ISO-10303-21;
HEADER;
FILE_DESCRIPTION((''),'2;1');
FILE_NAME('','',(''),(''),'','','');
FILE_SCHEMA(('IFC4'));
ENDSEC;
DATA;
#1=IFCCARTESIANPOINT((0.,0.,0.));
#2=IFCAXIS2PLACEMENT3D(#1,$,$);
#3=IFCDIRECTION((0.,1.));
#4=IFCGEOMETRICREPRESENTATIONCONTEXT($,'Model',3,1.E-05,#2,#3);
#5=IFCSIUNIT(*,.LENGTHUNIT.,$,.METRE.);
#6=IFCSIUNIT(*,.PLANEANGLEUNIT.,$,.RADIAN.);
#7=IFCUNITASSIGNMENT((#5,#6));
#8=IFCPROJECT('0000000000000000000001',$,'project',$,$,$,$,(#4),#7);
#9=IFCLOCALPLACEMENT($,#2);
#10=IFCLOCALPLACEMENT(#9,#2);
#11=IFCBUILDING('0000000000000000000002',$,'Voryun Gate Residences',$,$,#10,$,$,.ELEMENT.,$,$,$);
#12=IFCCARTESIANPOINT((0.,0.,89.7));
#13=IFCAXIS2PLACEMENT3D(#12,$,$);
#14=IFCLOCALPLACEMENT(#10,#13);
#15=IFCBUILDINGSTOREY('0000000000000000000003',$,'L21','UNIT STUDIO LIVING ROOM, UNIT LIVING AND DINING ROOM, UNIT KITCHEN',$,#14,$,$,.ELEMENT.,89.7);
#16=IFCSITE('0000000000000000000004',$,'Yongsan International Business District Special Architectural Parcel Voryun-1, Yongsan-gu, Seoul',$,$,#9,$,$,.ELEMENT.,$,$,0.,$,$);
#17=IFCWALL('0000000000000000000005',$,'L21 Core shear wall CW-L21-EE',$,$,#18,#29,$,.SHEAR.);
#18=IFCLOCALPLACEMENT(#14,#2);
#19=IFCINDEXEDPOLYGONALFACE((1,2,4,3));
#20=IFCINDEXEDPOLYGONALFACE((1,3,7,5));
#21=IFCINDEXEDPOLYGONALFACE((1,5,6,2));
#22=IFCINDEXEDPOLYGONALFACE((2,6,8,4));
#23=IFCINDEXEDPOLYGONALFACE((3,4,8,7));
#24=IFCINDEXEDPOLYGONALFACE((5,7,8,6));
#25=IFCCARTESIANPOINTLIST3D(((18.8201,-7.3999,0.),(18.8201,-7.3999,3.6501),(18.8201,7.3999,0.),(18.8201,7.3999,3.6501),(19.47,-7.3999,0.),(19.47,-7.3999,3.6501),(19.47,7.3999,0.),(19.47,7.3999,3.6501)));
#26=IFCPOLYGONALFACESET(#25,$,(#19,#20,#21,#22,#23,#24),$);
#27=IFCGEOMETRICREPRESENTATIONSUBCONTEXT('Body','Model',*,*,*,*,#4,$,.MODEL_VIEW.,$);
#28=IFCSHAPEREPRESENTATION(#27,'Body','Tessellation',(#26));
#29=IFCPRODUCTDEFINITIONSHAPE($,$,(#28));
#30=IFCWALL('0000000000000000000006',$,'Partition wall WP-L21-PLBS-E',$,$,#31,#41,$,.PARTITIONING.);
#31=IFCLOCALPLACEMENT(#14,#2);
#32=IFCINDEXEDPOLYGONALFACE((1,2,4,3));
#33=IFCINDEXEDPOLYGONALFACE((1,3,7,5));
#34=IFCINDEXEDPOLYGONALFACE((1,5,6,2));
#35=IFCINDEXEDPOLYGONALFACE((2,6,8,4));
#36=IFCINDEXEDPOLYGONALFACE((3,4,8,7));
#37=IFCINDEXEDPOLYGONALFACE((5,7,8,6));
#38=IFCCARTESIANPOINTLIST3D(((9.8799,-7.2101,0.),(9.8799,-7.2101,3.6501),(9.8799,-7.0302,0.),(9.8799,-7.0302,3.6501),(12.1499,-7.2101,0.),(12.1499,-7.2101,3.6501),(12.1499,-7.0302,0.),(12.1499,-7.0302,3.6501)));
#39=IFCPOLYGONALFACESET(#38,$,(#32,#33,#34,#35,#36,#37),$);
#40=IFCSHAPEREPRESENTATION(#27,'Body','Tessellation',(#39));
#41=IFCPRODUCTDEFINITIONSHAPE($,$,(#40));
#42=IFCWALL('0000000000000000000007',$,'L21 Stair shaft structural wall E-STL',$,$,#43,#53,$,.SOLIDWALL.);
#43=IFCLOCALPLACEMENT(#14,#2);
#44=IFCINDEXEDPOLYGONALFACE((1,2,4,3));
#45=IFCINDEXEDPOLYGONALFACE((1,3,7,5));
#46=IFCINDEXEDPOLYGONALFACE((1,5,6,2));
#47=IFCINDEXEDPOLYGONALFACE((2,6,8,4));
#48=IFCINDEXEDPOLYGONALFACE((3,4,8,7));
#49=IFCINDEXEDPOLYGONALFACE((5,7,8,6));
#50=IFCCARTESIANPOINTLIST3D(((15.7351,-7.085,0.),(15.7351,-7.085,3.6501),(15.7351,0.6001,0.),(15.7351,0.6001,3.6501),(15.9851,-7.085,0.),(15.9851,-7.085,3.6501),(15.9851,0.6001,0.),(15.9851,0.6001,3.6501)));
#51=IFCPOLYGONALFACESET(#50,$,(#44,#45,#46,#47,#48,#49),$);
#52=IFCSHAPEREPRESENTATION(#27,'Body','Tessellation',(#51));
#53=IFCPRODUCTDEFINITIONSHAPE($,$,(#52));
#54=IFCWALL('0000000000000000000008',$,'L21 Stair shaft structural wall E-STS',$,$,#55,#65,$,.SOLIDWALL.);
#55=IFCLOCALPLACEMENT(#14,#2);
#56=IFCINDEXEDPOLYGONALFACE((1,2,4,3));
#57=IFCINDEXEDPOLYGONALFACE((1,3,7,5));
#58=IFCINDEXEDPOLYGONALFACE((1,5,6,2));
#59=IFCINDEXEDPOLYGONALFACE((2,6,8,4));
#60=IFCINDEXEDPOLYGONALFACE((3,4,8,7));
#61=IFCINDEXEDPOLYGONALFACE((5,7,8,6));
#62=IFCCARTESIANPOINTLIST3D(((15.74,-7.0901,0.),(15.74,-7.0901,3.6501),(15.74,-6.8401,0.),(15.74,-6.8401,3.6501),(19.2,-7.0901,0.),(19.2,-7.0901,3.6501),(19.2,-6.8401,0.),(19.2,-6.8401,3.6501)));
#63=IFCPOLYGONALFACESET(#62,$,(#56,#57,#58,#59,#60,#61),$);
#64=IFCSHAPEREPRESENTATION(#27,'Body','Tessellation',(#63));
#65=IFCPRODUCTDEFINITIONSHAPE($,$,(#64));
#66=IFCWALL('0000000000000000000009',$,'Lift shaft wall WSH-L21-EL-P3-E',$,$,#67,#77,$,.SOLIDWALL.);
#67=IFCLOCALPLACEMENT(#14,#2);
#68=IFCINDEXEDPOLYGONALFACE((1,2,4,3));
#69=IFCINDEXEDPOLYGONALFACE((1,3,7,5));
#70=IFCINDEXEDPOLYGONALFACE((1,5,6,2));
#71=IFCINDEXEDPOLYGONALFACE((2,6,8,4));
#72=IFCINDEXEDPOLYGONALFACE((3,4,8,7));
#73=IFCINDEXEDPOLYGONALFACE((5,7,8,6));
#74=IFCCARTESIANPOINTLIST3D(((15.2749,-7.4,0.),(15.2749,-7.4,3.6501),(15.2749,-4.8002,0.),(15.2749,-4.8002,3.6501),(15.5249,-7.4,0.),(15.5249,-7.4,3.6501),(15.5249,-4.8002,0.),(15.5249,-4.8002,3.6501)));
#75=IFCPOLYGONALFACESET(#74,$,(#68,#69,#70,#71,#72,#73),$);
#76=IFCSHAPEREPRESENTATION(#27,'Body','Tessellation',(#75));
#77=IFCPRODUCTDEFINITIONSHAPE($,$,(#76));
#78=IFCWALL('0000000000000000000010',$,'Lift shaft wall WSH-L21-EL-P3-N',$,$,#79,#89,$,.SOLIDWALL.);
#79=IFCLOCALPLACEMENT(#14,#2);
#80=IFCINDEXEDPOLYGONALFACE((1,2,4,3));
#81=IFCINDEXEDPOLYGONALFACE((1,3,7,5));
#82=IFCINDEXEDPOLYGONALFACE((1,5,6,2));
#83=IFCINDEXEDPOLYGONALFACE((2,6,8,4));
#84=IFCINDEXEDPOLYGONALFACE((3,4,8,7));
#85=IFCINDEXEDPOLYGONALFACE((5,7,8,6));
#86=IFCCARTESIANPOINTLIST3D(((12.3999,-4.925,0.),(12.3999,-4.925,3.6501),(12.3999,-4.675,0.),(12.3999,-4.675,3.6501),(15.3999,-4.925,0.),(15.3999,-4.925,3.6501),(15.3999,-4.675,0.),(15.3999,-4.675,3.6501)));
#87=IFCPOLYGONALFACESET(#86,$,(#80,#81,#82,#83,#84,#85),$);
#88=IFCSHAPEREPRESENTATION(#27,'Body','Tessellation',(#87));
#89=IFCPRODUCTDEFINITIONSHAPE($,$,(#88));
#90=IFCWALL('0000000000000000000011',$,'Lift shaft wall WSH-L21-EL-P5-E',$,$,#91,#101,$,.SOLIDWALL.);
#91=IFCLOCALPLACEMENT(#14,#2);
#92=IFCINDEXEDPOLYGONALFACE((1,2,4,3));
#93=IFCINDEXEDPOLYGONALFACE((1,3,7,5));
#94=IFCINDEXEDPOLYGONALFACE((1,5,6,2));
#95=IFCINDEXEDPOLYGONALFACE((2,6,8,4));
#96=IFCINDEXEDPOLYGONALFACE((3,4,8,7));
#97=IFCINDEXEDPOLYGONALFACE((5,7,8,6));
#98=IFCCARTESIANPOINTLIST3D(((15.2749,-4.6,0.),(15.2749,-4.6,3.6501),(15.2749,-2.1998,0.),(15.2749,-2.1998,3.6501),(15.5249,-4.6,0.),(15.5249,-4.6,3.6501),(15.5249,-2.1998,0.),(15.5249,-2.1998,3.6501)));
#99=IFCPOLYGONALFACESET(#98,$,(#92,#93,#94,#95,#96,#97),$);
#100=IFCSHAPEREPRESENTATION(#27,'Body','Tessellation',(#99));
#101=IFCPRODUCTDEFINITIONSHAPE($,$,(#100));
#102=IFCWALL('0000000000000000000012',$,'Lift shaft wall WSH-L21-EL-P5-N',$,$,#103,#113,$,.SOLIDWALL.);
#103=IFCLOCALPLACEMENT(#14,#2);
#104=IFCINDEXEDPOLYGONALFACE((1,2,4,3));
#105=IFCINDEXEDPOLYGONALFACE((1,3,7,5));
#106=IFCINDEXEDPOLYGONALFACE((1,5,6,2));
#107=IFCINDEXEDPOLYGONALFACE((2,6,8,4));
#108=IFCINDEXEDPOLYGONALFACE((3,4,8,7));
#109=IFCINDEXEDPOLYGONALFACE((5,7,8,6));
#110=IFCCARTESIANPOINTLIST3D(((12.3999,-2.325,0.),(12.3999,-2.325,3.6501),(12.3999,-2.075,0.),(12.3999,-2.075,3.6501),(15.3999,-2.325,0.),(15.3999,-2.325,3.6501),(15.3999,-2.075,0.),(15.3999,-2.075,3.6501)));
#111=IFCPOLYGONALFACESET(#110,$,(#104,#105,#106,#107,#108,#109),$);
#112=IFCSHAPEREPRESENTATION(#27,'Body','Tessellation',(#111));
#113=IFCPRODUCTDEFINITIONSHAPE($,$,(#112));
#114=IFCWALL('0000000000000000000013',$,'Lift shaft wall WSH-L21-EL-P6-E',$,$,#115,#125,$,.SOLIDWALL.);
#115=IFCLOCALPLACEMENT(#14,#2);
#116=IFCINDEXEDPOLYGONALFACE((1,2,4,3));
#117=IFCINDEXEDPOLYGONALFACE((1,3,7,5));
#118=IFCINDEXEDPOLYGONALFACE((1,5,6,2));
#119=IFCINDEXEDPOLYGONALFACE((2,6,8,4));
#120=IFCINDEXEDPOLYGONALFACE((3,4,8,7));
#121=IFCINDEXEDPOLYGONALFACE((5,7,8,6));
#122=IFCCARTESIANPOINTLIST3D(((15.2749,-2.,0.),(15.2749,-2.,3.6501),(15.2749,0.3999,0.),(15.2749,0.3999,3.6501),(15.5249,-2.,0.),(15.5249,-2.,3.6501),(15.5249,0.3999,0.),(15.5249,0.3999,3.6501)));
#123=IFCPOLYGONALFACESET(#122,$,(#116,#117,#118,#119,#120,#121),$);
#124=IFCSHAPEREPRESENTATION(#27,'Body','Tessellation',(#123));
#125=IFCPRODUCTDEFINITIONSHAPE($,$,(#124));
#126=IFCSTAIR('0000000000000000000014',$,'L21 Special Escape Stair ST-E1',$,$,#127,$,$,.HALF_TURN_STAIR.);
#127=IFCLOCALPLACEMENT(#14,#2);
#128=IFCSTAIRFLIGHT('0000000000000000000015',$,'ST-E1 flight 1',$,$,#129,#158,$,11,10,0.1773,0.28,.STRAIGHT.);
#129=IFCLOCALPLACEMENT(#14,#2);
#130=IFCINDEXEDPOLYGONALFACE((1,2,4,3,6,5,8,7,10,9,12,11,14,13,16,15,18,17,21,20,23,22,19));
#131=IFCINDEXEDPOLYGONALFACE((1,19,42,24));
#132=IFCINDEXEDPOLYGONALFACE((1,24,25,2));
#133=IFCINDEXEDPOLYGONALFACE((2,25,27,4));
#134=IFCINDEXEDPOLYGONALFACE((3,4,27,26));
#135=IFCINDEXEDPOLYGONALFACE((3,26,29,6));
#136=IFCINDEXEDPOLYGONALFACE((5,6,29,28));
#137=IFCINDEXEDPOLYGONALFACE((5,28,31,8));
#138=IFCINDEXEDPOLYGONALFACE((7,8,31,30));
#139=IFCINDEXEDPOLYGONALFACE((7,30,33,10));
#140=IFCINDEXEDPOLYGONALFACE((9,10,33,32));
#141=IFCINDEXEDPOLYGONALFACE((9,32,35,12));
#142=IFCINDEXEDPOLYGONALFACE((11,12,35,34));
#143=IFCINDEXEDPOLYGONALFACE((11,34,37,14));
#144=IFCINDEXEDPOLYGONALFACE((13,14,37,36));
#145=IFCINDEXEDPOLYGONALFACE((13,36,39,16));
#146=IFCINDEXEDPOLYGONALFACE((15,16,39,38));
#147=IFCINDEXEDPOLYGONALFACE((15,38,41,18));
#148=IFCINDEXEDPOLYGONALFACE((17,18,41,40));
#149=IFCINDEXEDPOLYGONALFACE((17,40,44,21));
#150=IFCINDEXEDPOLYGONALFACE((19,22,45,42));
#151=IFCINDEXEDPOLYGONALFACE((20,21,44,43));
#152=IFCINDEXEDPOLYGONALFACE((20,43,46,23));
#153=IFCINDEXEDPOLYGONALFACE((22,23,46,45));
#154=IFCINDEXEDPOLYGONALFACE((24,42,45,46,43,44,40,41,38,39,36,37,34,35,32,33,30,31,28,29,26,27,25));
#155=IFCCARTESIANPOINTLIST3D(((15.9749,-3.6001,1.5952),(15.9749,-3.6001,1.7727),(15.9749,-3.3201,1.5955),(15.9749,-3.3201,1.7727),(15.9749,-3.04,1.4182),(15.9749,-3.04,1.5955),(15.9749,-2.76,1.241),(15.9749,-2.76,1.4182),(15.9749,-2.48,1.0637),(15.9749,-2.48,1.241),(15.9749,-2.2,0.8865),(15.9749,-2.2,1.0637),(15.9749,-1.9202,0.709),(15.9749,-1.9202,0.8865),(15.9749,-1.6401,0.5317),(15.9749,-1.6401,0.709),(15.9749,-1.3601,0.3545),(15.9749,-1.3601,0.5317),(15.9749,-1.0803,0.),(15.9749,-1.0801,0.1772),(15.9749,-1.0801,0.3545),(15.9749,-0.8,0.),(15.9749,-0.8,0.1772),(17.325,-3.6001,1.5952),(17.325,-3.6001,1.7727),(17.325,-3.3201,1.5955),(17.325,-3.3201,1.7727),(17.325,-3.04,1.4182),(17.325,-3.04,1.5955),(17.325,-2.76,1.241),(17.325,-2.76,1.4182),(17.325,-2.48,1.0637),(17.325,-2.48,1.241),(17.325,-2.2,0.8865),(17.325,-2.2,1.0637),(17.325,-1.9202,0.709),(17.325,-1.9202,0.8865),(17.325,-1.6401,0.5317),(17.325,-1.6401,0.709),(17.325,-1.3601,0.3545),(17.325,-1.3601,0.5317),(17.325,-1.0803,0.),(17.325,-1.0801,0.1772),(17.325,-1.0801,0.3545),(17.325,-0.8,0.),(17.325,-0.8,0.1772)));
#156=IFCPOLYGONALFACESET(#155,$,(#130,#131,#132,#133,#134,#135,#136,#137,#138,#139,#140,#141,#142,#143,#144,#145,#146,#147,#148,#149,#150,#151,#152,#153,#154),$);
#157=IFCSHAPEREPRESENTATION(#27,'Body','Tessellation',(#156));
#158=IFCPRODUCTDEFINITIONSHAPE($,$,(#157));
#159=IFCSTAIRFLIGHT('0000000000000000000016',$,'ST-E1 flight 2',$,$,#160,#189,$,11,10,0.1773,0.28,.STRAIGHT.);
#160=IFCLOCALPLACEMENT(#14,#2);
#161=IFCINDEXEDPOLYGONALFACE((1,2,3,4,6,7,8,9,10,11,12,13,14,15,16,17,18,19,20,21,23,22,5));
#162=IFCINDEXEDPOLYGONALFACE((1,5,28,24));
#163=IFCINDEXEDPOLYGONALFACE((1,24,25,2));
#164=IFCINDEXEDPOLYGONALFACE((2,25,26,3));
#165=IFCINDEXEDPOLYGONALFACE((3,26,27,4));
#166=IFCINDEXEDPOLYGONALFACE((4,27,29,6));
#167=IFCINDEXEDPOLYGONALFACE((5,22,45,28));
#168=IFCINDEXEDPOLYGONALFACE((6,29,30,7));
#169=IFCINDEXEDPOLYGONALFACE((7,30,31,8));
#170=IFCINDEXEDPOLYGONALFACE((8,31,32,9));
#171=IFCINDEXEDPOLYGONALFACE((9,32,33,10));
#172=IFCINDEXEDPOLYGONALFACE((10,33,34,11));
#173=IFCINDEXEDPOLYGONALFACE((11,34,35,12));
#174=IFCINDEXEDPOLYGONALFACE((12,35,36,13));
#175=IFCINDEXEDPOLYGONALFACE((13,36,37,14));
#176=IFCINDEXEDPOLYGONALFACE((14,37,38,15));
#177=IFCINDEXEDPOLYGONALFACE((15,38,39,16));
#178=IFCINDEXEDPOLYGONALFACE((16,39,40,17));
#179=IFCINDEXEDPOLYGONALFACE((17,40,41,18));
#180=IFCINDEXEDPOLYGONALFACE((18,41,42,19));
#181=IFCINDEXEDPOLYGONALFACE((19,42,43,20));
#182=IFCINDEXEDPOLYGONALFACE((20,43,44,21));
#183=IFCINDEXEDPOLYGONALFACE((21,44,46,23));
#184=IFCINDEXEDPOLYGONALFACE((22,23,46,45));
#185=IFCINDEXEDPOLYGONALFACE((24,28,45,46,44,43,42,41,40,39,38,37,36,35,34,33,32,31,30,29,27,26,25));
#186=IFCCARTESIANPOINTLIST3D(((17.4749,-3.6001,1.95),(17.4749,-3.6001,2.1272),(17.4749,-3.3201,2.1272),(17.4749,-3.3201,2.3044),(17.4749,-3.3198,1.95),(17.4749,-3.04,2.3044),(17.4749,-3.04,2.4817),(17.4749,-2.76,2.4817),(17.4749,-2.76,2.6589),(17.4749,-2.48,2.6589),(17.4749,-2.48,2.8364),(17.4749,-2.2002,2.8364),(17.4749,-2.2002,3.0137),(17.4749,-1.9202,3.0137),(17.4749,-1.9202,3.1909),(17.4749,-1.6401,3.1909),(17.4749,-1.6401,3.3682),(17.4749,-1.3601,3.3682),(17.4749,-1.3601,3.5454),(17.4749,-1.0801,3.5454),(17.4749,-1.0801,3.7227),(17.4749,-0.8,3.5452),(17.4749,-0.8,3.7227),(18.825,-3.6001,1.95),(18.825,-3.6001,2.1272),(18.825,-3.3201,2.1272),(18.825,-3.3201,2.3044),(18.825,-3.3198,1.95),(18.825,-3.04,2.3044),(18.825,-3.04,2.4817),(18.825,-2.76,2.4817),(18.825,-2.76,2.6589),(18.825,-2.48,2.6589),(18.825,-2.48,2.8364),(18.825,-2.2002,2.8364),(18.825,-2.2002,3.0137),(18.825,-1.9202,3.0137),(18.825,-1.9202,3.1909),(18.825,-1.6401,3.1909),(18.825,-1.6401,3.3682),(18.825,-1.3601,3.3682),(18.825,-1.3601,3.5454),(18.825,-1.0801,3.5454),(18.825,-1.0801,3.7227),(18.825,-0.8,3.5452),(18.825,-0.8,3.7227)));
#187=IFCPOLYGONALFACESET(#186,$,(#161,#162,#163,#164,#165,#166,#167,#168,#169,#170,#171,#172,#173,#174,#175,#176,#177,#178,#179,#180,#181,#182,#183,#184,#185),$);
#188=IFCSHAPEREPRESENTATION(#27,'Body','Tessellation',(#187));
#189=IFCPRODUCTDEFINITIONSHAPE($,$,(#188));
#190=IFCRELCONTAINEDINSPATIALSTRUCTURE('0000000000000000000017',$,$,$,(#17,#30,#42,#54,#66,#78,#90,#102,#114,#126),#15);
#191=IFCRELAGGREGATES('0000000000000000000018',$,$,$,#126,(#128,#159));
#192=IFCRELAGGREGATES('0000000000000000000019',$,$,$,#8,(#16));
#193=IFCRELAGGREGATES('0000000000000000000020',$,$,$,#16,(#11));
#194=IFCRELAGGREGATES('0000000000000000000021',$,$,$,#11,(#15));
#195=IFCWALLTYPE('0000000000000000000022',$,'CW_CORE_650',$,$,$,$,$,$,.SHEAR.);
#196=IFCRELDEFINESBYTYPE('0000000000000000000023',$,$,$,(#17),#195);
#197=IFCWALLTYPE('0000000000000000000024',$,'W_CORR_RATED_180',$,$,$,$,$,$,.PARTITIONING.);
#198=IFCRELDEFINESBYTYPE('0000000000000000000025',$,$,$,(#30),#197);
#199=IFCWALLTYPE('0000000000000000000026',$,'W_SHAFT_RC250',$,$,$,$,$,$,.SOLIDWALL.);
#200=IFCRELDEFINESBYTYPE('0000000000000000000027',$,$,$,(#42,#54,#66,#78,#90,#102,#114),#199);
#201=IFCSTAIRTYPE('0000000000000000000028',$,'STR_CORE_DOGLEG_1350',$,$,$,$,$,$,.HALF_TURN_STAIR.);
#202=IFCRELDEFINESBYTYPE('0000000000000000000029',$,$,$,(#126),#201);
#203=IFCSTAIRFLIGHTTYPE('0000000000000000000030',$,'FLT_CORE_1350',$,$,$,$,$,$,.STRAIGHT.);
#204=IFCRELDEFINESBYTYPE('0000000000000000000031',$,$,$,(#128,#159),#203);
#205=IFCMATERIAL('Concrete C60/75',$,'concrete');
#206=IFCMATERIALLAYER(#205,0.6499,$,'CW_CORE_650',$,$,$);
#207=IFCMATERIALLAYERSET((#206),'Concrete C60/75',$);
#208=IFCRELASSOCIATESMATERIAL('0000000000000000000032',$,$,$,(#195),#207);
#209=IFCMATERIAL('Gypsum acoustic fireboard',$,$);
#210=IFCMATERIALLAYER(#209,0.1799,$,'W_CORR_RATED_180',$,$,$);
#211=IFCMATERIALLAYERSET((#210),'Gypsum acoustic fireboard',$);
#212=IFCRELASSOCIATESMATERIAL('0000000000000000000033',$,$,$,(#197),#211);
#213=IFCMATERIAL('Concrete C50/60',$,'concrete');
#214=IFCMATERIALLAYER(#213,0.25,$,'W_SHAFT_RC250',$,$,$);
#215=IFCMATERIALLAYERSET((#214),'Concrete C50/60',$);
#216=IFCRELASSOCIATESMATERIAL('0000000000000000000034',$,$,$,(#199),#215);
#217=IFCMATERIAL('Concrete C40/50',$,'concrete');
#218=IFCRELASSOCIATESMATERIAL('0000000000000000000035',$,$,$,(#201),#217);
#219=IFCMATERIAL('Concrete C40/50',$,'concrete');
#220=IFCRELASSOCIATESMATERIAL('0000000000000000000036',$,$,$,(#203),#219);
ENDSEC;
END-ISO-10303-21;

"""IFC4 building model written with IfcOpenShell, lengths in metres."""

from ifc_helpers import new_model, si_unit, direction, frame, frame_2d, origin, place, context, subcontext, project, spatial, polyline, rectangle, outline, extrude, material, layer, layer_set, type_object, element, aggregate, save


model = new_model("IFC4")

# Units and contexts
model_context = context("Model", 3, precision=1e-05, world=origin(), true_north=direction((0.0, 1.0)))
body_context = subcontext(model_context, "Body", "Model", "MODEL_VIEW")
ifc_project = project(units=[si_unit("LENGTHUNIT", "METRE"), si_unit("PLANEANGLEUNIT", "RADIAN")], contexts=[model_context])

# Site, building, storey
site_placement = place(None, origin())
site = spatial("IfcSite", under=ifc_project, at=site_placement, Name="Yongsan International Business District Special Architectural Parcel Voryun-1, Yongsan-gu, Seoul", CompositionType="ELEMENT", RefElevation=0.0)
building_placement = place(site_placement, origin())
building = spatial("IfcBuilding", under=site, at=building_placement, Name="Voryun Gate Residences", CompositionType="ELEMENT")
storey_placement = place(building_placement, frame((0.0, 0.0, 89.7)))
storey = spatial("IfcBuildingStorey", under=building, at=storey_placement, Name="L21", Description="UNIT STUDIO LIVING ROOM, UNIT LIVING AND DINING ROOM, UNIT KITCHEN", CompositionType="ELEMENT", Elevation=89.7)

# Walls
ifc_material_1 = material(Name="Concrete C60/75", Category="concrete")
ifc_layer_1 = layer(ifc_material_1, 0.6499, Name="CW_CORE_650")
ifc_layer_set_1 = layer_set([ifc_layer_1], Name="Concrete C60/75")
wall_type_1 = type_object("IfcWallType", Name="CW_CORE_650", PredefinedType="SHEAR", material=ifc_layer_set_1)
wall_1_placement = place(storey_placement, frame((19.145, -7.3999, 0.0), z_axis=(0.0, 0.0, 1.0), x_axis=(0.0, 1.0, 0.0)))
element("IfcWall", 1, at=wall_1_placement, inside=storey, type_object=wall_type_1, Name="L21 Core shear wall CW-L21-EE", PredefinedType="SHEAR", context=body_context, shape_type="SweptSolid", body=[
    extrude(rectangle(XDim=14.7998, YDim=0.6499, at=frame_2d((7.3999, 0.0))), origin(), (0.0, 0.0, 1.0), 3.6501),
])
ifc_material_2 = material(Name="Gypsum acoustic fireboard")
ifc_layer_2 = layer(ifc_material_2, 0.1799, Name="W_CORR_RATED_180")
ifc_layer_set_2 = layer_set([ifc_layer_2], Name="Gypsum acoustic fireboard")
wall_type_2 = type_object("IfcWallType", Name="W_CORR_RATED_180", PredefinedType="PARTITIONING", material=ifc_layer_set_2)
wall_2_placement = place(storey_placement, frame((9.8799, -7.1201, 0.0), z_axis=(0.0, 0.0, 1.0), x_axis=(1.0, 0.0, 0.0)))
element("IfcWall", 2, at=wall_2_placement, inside=storey, type_object=wall_type_2, Name="Partition wall WP-L21-PLBS-E", PredefinedType="PARTITIONING", context=body_context, shape_type="SweptSolid", body=[
    extrude(rectangle(XDim=2.27, YDim=0.1799, at=frame_2d((1.135, 0.0))), origin(), (0.0, 0.0, 1.0), 3.6501),
])
ifc_material_3 = material(Name="Concrete C50/60", Category="concrete")
ifc_layer_3 = layer(ifc_material_3, 0.25, Name="W_SHAFT_RC250")
ifc_layer_set_3 = layer_set([ifc_layer_3], Name="Concrete C50/60")
wall_type_3 = type_object("IfcWallType", Name="W_SHAFT_RC250", PredefinedType="SOLIDWALL", material=ifc_layer_set_3)
wall_3_placement = place(storey_placement, frame((15.8601, -7.085, 0.0), z_axis=(0.0, 0.0, 1.0), x_axis=(0.0, 1.0, 0.0)))
element("IfcWall", 3, at=wall_3_placement, inside=storey, type_object=wall_type_3, Name="L21 Stair shaft structural wall E-STL", PredefinedType="SOLIDWALL", context=body_context, shape_type="SweptSolid", body=[
    extrude(rectangle(XDim=7.6851, YDim=0.25, at=frame_2d((3.8425, 0.0))), origin(), (0.0, 0.0, 1.0), 3.6501),
])
wall_4_placement = place(storey_placement, frame((15.74, -6.9651, 0.0), z_axis=(0.0, 0.0, 1.0), x_axis=(1.0, 0.0, 0.0)))
element("IfcWall", 4, at=wall_4_placement, inside=storey, type_object=wall_type_3, Name="L21 Stair shaft structural wall E-STS", PredefinedType="SOLIDWALL", context=body_context, shape_type="SweptSolid", body=[
    extrude(rectangle(XDim=3.46, YDim=0.25, at=frame_2d((1.73, 0.0))), origin(), (0.0, 0.0, 1.0), 3.6501),
])
wall_5_placement = place(storey_placement, frame((15.3999, -7.3999, 0.0), z_axis=(0.0, 0.0, 1.0), x_axis=(0.0, 1.0, 0.0)))
element("IfcWall", 5, at=wall_5_placement, inside=storey, type_object=wall_type_3, Name="Lift shaft wall WSH-L21-EL-P3-E", PredefinedType="SOLIDWALL", context=body_context, shape_type="SweptSolid", body=[
    extrude(rectangle(XDim=2.5999, YDim=0.25, at=frame_2d((1.2998, 0.0))), origin(), (0.0, 0.0, 1.0), 3.6501),
])
wall_6_placement = place(storey_placement, frame((15.3999, -4.8, 0.0), z_axis=(0.0, 0.0, 1.0), x_axis=(-1.0, 0.0, 0.0)))
element("IfcWall", 6, at=wall_6_placement, inside=storey, type_object=wall_type_3, Name="Lift shaft wall WSH-L21-EL-P3-N", PredefinedType="SOLIDWALL", context=body_context, shape_type="SweptSolid", body=[
    extrude(rectangle(XDim=3.0, YDim=0.25, at=frame_2d((1.5, 0.0))), origin(), (0.0, 0.0, 1.0), 3.6501),
])
wall_7_placement = place(storey_placement, frame((15.3999, -4.6001, 0.0), z_axis=(0.0, 0.0, 1.0), x_axis=(0.0, 1.0, 0.0)))
element("IfcWall", 7, at=wall_7_placement, inside=storey, type_object=wall_type_3, Name="Lift shaft wall WSH-L21-EL-P5-E", PredefinedType="SOLIDWALL", context=body_context, shape_type="SweptSolid", body=[
    extrude(rectangle(XDim=2.4001, YDim=0.25, at=frame_2d((1.2002, 0.0))), origin(), (0.0, 0.0, 1.0), 3.6501),
])
wall_8_placement = place(storey_placement, frame((15.3999, -2.2, 0.0), z_axis=(0.0, 0.0, 1.0), x_axis=(-1.0, 0.0, 0.0)))
element("IfcWall", 8, at=wall_8_placement, inside=storey, type_object=wall_type_3, Name="Lift shaft wall WSH-L21-EL-P5-N", PredefinedType="SOLIDWALL", context=body_context, shape_type="SweptSolid", body=[
    extrude(rectangle(XDim=3.0, YDim=0.25, at=frame_2d((1.5, 0.0))), origin(), (0.0, 0.0, 1.0), 3.6501),
])
wall_9_placement = place(storey_placement, frame((15.3999, -2.0, 0.0), z_axis=(0.0, 0.0, 1.0), x_axis=(0.0, 1.0, 0.0)))
element("IfcWall", 9, at=wall_9_placement, inside=storey, type_object=wall_type_3, Name="Lift shaft wall WSH-L21-EL-P6-E", PredefinedType="SOLIDWALL", context=body_context, shape_type="SweptSolid", body=[
    extrude(rectangle(XDim=2.3999, YDim=0.25, at=frame_2d((1.2, 0.0))), origin(), (0.0, 0.0, 1.0), 3.6501),
])

# Stair, stair flights
ifc_material_4 = material(Name="Concrete C40/50", Category="concrete")
stair_type = type_object("IfcStairType", Name="STR_CORE_DOGLEG_1350", PredefinedType="HALF_TURN_STAIR", material=ifc_material_4)
stair_placement = place(storey_placement, origin())
stair = element("IfcStair", 10, at=stair_placement, inside=storey, type_object=stair_type, Name="L21 Special Escape Stair ST-E1", PredefinedType="HALF_TURN_STAIR")
ifc_material_5 = material(Name="Concrete C40/50", Category="concrete")
stair_flight_type = type_object("IfcStairFlightType", Name="FLT_CORE_1350", PredefinedType="STRAIGHT", material=ifc_material_5)
stair_flight_1_placement = place(storey_placement, frame((16.6499, -0.8, 0.0), z_axis=(0.0, 0.0, 1.0), x_axis=(0.0, -1.0, 0.0)))
stair_flight_1 = element("IfcStairFlight", 11, at=stair_flight_1_placement, type_object=stair_flight_type, Name="ST-E1 flight 1", NumberOfRisers=11, NumberOfTreads=10, PredefinedType="STRAIGHT", RiserHeight=0.1773, TreadLength=0.28, context=body_context, shape_type="SweptSolid", body=[
    extrude(outline(polyline([(0.0, 0.0), (0.0, 0.1772), (0.28, 0.1772), (0.28, 0.3545), (0.5601, 0.3545), (0.5601, 0.5317), (0.8401, 0.5317), (0.8401, 0.709), (1.1201, 0.709), (1.1201, 0.8865), (1.3999, 0.8865), (1.3999, 1.0637), (1.6799, 1.0637), (1.6799, 1.241), (1.96, 1.241), (1.96, 1.4182), (2.24, 1.4182), (2.24, 1.5955), (2.52, 1.5955), (2.52, 1.7727), (2.8, 1.7727), (2.8, 1.95), (2.8, 1.5952), (0.2803, 0.0), (0.0, 0.0)])), frame((0.0, 0.675, 0.0), z_axis=(0.0, -1.0, 0.0), x_axis=(1.0, 0.0, 0.0)), (0.0, 0.0, 1.0), 1.3501),
])
stair_flight_2_placement = place(storey_placement, frame((18.1499, -3.6001, 1.95), z_axis=(0.0, 0.0, 1.0), x_axis=(0.0, 1.0, 0.0)))
stair_flight_2 = element("IfcStairFlight", 12, at=stair_flight_2_placement, type_object=stair_flight_type, Name="ST-E1 flight 2", NumberOfRisers=11, NumberOfTreads=10, PredefinedType="STRAIGHT", RiserHeight=0.1773, TreadLength=0.28, context=body_context, shape_type="SweptSolid", body=[
    extrude(outline(polyline([(0.0, 0.0), (0.0, 0.1772), (0.28, 0.1772), (0.28, 0.3545), (0.5601, 0.3545), (0.5601, 0.5317), (0.8401, 0.5317), (0.8401, 0.709), (1.1201, 0.709), (1.1201, 0.8865), (1.3999, 0.8865), (1.3999, 1.0637), (1.6799, 1.0637), (1.6799, 1.241), (1.96, 1.241), (1.96, 1.4182), (2.24, 1.4182), (2.24, 1.5955), (2.52, 1.5955), (2.52, 1.7727), (2.8, 1.7727), (2.8, 1.95), (2.8, 1.5952), (0.2803, 0.0), (0.0, 0.0)])), frame((0.0, 0.675, 0.0), z_axis=(0.0, -1.0, 0.0), x_axis=(1.0, 0.0, 0.0)), (0.0, 0.0, 1.0), 1.3501),
])
aggregate(stair, [stair_flight_1, stair_flight_2])

save(model, "model.ifc")
